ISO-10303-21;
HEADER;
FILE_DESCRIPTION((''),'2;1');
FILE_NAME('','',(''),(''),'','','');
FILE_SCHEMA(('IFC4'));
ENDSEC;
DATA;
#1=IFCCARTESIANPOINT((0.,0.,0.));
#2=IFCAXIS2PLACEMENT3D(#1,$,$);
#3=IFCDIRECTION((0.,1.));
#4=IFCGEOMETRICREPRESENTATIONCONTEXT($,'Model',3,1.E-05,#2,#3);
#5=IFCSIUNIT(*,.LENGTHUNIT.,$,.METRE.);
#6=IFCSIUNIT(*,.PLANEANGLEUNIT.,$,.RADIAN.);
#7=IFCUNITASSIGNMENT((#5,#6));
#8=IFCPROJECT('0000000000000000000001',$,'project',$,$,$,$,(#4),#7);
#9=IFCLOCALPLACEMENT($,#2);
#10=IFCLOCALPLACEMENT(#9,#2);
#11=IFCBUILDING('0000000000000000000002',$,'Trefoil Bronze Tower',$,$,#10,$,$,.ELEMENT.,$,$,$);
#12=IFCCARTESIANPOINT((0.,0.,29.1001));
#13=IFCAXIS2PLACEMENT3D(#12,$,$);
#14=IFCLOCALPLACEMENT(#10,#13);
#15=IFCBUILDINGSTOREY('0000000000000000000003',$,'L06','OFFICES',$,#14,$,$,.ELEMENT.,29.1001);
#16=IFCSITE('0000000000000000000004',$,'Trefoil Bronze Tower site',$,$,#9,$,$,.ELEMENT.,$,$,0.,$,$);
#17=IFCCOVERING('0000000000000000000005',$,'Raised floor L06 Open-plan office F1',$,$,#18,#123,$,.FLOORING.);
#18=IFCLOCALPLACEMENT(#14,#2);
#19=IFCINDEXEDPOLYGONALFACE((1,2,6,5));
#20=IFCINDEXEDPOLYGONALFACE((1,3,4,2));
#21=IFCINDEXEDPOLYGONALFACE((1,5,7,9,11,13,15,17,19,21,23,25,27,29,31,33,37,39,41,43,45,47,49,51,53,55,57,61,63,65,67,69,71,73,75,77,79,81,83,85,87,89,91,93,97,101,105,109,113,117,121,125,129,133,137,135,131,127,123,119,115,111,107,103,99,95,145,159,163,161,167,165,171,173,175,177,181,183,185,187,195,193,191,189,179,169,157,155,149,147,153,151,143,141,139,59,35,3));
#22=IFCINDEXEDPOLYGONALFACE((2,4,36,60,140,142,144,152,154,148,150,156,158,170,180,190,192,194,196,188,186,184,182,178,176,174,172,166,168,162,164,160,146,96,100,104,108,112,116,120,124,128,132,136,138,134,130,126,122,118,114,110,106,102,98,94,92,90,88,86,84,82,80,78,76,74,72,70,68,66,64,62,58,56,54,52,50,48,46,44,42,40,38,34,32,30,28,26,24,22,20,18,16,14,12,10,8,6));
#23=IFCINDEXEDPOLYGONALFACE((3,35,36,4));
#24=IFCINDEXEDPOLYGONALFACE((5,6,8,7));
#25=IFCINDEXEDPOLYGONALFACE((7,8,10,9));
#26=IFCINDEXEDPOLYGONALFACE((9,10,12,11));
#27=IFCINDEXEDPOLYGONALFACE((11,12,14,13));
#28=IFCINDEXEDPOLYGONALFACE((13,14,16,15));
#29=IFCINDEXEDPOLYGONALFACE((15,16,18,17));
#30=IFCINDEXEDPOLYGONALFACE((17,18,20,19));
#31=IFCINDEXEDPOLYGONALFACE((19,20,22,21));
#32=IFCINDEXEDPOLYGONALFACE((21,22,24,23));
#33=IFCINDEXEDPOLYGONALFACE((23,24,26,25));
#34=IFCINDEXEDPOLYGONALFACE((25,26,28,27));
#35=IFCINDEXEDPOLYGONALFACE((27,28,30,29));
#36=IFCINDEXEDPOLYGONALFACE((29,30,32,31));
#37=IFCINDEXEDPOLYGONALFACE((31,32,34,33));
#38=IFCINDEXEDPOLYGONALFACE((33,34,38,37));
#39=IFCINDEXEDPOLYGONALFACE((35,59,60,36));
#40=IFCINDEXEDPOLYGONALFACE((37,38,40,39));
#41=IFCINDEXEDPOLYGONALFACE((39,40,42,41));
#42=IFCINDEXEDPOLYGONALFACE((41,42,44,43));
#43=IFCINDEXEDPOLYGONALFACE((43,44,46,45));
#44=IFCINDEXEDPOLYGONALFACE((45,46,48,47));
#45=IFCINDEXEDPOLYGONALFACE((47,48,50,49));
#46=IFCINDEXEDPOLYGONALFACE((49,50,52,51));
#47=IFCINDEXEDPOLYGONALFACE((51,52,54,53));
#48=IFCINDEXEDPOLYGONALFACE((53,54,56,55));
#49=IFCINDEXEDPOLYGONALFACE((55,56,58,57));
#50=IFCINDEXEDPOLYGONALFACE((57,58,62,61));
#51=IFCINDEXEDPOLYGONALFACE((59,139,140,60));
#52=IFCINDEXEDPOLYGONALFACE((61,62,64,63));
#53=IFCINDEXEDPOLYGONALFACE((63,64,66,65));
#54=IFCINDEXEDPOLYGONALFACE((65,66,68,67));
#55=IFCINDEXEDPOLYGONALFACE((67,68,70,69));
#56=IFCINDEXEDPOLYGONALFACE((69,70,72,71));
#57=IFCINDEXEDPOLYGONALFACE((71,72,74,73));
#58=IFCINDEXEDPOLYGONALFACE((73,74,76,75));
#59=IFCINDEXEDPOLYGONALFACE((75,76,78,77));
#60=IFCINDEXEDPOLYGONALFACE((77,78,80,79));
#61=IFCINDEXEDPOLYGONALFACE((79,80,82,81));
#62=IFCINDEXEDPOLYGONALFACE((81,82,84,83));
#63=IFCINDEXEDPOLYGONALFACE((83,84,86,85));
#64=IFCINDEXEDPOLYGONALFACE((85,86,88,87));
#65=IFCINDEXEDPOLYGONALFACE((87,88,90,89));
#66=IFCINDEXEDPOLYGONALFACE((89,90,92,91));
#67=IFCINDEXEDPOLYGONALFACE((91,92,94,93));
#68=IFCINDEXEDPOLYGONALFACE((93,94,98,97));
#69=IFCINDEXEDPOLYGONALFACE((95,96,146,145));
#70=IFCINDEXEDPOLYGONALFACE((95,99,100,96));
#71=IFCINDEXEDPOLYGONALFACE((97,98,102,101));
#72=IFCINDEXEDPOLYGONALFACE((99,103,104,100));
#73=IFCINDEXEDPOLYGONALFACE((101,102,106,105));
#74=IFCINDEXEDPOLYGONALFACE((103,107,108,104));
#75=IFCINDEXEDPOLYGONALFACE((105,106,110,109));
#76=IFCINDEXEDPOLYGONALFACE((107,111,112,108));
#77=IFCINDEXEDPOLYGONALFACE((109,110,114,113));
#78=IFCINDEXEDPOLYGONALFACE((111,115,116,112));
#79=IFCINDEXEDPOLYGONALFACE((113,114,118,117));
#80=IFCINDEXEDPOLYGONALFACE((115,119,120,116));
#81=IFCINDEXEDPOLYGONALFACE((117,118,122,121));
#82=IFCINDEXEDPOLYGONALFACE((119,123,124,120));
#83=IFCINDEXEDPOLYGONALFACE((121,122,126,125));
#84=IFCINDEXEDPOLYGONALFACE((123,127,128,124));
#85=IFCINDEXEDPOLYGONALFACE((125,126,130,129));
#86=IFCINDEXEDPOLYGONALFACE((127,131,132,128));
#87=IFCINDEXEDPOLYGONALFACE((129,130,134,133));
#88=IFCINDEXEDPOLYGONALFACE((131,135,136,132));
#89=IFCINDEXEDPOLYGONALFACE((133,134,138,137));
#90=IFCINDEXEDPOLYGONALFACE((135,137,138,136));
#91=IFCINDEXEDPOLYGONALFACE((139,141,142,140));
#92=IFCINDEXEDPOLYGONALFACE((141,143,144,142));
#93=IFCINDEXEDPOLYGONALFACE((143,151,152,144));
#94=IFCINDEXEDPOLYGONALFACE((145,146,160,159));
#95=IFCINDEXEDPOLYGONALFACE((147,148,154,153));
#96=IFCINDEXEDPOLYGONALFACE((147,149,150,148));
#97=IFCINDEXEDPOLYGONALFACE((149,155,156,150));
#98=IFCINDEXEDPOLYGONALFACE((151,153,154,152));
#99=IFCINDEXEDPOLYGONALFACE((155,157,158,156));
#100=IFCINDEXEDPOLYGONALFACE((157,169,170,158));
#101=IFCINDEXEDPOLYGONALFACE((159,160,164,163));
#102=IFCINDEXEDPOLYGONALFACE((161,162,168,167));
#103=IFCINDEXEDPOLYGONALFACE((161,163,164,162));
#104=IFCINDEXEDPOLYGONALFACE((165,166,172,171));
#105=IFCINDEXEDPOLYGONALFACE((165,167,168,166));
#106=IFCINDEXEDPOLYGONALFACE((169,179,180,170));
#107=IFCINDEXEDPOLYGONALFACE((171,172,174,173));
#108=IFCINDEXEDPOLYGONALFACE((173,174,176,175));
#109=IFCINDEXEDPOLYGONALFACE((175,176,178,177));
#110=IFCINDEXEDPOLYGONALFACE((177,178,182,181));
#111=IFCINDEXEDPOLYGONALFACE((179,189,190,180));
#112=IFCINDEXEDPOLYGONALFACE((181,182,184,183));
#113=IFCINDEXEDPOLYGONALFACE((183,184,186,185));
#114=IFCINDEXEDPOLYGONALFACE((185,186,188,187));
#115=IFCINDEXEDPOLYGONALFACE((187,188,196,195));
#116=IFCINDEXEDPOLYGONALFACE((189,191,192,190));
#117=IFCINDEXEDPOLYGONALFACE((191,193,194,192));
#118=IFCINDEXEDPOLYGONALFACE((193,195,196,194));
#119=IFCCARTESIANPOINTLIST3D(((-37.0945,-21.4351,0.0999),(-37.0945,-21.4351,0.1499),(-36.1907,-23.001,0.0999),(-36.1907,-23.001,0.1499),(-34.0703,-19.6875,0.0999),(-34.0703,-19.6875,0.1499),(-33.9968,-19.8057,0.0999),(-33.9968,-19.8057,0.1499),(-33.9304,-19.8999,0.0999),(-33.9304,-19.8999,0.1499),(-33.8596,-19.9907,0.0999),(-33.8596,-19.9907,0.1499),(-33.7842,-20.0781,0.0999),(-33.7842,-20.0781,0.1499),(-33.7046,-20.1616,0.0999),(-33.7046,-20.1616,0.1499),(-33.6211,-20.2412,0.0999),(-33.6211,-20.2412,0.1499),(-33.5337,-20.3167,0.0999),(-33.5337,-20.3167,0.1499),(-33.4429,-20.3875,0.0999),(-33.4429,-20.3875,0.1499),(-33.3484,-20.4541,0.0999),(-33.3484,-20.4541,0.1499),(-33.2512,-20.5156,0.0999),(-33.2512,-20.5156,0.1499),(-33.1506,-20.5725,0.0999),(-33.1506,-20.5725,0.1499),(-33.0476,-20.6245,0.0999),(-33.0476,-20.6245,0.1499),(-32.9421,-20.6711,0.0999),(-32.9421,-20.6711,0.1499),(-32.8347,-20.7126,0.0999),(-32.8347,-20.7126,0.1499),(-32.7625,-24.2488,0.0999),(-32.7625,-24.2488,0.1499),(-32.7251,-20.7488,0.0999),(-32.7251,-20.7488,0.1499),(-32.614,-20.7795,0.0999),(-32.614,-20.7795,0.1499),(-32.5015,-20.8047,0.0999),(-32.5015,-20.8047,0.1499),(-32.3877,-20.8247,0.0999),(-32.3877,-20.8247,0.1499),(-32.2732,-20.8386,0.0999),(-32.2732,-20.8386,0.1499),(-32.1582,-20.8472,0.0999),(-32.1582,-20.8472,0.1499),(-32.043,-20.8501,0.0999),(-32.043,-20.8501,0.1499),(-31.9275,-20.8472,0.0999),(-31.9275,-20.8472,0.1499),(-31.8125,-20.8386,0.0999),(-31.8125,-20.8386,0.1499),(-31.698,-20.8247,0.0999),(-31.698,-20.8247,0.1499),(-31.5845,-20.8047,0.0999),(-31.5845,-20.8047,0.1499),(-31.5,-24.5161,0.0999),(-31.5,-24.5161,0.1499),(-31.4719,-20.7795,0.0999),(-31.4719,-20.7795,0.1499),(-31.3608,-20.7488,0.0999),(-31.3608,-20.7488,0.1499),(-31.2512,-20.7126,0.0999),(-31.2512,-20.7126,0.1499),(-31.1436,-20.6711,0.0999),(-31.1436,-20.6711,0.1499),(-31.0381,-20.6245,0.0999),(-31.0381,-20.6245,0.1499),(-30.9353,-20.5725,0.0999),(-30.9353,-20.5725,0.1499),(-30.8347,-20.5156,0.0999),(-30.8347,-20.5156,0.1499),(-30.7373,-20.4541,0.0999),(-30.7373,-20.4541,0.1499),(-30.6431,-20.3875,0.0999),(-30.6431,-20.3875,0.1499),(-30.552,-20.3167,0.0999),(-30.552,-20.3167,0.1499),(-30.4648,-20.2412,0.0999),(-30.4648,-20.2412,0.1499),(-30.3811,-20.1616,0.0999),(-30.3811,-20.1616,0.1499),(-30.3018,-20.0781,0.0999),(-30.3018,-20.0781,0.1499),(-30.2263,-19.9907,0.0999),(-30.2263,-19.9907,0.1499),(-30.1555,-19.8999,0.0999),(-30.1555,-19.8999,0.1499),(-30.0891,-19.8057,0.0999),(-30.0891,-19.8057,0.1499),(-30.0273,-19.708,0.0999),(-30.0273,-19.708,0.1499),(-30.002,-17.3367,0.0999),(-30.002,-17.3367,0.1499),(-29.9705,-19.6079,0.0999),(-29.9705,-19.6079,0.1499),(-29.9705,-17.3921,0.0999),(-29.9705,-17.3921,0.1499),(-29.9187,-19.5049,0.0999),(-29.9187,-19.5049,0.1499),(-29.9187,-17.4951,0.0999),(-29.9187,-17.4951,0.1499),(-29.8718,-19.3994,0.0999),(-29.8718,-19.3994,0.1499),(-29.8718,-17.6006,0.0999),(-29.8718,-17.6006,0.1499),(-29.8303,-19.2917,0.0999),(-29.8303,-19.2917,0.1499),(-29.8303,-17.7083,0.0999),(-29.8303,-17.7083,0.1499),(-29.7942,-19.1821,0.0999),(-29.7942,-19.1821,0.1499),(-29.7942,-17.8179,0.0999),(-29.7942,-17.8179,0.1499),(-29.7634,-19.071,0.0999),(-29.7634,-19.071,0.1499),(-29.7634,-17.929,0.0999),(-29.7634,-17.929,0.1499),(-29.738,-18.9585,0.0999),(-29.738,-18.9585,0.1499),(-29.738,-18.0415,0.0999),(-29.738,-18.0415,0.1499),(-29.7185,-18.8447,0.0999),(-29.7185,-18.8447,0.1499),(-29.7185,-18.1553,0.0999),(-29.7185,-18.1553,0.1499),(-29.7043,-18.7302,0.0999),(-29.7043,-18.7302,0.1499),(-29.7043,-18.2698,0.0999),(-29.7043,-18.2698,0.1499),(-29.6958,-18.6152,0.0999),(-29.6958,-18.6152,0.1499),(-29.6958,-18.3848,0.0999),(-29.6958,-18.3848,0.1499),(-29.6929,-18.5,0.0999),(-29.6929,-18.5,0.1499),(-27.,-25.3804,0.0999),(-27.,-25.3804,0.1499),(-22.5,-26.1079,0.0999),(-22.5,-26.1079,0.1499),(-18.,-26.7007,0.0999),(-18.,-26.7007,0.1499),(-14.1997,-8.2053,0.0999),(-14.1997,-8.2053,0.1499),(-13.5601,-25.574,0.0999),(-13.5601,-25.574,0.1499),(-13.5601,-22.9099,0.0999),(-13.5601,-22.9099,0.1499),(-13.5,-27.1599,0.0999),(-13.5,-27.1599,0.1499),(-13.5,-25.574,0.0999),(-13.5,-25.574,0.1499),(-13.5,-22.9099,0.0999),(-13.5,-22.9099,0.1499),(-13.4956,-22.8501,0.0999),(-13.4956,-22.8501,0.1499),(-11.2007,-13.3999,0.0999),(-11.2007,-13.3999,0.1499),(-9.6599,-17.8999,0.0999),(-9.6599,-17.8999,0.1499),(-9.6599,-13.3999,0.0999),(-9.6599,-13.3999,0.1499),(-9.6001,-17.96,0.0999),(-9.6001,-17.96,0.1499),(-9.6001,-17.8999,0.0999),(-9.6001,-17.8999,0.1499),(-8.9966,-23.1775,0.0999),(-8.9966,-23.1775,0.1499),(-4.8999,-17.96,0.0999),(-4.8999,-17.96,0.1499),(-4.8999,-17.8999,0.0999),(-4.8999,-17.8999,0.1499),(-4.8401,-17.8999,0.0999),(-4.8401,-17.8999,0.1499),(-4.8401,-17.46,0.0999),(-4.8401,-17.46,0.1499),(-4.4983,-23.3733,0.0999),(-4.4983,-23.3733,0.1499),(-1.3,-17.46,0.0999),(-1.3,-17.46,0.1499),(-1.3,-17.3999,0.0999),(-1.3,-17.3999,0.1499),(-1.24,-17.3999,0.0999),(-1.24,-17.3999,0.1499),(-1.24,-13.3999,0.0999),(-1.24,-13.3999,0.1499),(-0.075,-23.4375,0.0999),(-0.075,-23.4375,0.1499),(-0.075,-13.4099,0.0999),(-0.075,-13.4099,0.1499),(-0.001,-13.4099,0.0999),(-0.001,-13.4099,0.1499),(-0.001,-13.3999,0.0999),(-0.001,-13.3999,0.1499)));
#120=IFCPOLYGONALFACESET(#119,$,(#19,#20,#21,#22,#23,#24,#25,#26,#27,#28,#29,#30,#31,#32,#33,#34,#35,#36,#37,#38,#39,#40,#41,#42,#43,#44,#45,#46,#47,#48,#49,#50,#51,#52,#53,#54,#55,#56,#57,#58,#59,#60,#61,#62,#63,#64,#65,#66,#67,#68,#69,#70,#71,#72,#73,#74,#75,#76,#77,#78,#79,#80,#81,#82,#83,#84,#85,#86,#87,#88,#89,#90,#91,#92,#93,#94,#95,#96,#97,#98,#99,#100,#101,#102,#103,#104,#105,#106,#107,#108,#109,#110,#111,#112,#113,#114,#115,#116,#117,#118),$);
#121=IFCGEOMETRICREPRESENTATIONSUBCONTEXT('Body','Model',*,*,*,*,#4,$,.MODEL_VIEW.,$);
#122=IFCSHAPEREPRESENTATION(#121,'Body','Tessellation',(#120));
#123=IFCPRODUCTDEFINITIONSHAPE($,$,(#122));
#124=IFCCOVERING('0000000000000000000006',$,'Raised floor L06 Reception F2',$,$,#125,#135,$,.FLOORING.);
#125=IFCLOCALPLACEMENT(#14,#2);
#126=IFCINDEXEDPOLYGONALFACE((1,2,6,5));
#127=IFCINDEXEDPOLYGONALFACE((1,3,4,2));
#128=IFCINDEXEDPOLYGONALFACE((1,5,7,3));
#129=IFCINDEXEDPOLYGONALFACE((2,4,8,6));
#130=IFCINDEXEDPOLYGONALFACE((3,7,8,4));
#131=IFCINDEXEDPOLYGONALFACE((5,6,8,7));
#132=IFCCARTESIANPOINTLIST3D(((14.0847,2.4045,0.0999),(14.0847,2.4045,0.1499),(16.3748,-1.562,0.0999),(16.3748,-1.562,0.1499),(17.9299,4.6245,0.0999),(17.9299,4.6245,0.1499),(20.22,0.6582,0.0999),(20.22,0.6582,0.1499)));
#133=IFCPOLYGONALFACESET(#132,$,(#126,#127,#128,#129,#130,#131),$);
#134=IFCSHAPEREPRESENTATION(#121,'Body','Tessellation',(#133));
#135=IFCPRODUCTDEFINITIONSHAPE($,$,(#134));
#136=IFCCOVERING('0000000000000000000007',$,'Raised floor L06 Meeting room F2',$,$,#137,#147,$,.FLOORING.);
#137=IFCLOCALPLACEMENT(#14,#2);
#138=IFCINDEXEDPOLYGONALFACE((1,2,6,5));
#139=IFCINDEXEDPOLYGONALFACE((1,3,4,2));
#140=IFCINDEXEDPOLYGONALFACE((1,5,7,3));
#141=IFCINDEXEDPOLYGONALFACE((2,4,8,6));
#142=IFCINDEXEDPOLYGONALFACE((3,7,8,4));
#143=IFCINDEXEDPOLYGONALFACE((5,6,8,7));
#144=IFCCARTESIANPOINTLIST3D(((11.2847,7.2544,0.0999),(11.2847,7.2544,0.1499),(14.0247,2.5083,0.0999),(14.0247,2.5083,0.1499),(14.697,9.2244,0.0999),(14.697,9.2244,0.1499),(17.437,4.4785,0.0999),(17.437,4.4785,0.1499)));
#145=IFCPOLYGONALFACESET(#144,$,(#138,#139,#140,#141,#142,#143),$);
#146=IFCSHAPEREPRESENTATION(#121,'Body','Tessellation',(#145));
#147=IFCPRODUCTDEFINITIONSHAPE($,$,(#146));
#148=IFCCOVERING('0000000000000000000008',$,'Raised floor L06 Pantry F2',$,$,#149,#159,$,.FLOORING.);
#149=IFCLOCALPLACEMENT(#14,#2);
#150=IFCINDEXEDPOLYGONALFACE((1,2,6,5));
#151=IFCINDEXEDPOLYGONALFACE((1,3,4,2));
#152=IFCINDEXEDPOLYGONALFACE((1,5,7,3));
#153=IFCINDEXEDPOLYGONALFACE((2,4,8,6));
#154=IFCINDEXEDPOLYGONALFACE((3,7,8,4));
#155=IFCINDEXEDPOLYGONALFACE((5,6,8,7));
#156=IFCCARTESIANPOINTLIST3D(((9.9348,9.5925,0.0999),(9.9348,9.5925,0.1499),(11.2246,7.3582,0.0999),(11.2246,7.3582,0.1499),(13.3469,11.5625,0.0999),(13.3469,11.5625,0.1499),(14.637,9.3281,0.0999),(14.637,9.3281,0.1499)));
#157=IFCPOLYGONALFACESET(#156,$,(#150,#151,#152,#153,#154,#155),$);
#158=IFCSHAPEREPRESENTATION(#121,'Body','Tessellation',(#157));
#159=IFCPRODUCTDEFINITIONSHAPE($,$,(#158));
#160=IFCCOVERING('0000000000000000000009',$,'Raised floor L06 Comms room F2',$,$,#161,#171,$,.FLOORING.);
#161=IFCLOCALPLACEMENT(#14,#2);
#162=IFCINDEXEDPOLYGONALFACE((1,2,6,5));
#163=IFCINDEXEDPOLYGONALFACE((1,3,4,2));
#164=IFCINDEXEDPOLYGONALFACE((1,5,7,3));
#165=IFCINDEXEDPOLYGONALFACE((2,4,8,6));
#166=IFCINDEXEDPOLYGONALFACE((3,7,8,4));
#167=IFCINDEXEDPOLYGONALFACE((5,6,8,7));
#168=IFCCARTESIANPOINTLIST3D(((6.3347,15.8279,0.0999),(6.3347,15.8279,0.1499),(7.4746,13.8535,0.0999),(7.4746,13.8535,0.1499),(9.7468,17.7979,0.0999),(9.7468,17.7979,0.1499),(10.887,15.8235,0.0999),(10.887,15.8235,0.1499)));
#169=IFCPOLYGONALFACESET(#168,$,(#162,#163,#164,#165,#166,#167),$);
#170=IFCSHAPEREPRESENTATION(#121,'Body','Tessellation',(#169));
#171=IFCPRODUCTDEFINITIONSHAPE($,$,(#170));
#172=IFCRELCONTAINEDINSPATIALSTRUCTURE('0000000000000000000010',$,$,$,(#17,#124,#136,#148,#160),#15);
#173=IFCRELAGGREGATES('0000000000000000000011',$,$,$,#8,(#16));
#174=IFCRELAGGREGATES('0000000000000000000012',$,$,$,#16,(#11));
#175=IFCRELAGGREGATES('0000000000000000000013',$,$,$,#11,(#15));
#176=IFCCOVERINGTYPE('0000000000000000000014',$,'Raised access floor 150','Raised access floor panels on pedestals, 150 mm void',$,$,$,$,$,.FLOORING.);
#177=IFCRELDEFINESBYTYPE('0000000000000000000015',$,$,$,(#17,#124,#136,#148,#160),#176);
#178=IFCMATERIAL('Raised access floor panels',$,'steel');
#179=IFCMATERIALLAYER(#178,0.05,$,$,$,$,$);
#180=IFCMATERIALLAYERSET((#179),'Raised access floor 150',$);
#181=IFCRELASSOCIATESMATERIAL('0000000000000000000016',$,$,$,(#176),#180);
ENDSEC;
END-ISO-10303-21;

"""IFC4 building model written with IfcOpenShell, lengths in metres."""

from ifc_helpers import new_model, si_unit, direction, frame, origin, place, context, subcontext, project, spatial, polyline, outline, extrude, material, layer, layer_set, type_object, element, save


model = new_model("IFC4")

# Units and contexts
model_context = context("Model", 3, precision=1e-05, world=origin(), true_north=direction((0.0, 1.0)))
body_context = subcontext(model_context, "Body", "Model", "MODEL_VIEW")
ifc_project = project(units=[si_unit("LENGTHUNIT", "METRE"), si_unit("PLANEANGLEUNIT", "RADIAN")], contexts=[model_context])

# Site, building, storey
site_placement = place(None, origin())
site = spatial("IfcSite", under=ifc_project, at=site_placement, Name="Trefoil Bronze Tower site", CompositionType="ELEMENT", RefElevation=0.0)
building_placement = place(site_placement, origin())
building = spatial("IfcBuilding", under=site, at=building_placement, Name="Trefoil Bronze Tower", CompositionType="ELEMENT")
storey_placement = place(building_placement, frame((0.0, 0.0, 29.1001)))
storey = spatial("IfcBuildingStorey", under=building, at=storey_placement, Name="L06", Description="OFFICES", CompositionType="ELEMENT", Elevation=29.1001)

# Coverings
ifc_material_1 = material(Name="Raised access floor panels", Category="steel")
ifc_layer_1 = layer(ifc_material_1, 0.05)
ifc_layer_set_1 = layer_set([ifc_layer_1], Name="Raised access floor 150")
covering_type_1 = type_object("IfcCoveringType", Name="Raised access floor 150", Description="Raised access floor panels on pedestals, 150 mm void", PredefinedType="FLOORING", material=ifc_layer_set_1)
covering_1_placement = place(storey_placement, frame((0.0, 0.0, 0.0999)))
element("IfcCovering", 1, at=covering_1_placement, inside=storey, type_object=covering_type_1, Name="Raised floor L06 Open-plan office F1", PredefinedType="FLOORING", context=body_context, shape_type="SweptSolid", body=[
    extrude(outline(polyline([(-30.002, -17.3367), (-14.1997, -8.2053), (-11.2007, -13.3999), (-9.6599, -13.3999), (-9.6599, -17.8999), (-9.6001, -17.8999), (-9.6001, -17.96), (-4.8999, -17.96), (-4.8999, -17.8999), (-4.8401, -17.8999), (-4.8401, -17.46), (-1.3, -17.46), (-1.3, -17.3999), (-1.24, -17.3999), (-1.24, -13.3999), (-0.001, -13.3999), (-0.001, -13.4099), (-0.075, -13.4099), (-0.075, -23.4375), (-4.4983, -23.3733), (-8.9966, -23.1775), (-13.4956, -22.8501), (-13.5, -22.9099), (-13.5601, -22.9099), (-13.5601, -25.574), (-13.5, -25.574), (-13.5, -27.1599), (-18.0, -26.7007), (-22.5, -26.1079), (-27.0, -25.3804), (-31.5, -24.5161), (-32.7625, -24.2488), (-36.1907, -23.001), (-37.0945, -21.4351), (-34.0703, -19.6875), (-33.9968, -19.8057), (-33.9304, -19.8999), (-33.8596, -19.9907), (-33.7842, -20.0781), (-33.7046, -20.1616), (-33.6211, -20.2412), (-33.5337, -20.3167), (-33.4429, -20.3875), (-33.3484, -20.4541), (-33.2512, -20.5156), (-33.1506, -20.5725), (-33.0476, -20.6245), (-32.9421, -20.6711), (-32.8347, -20.7126), (-32.7251, -20.7488), (-32.614, -20.7795), (-32.5015, -20.8047), (-32.3877, -20.8247), (-32.2732, -20.8386), (-32.1582, -20.8472), (-32.043, -20.8501), (-31.9275, -20.8472), (-31.8125, -20.8386), (-31.698, -20.8247), (-31.5845, -20.8047), (-31.4719, -20.7795), (-31.3608, -20.7488), (-31.2512, -20.7126), (-31.1436, -20.6711), (-31.0381, -20.6245), (-30.9353, -20.5725), (-30.8347, -20.5156), (-30.7373, -20.4541), (-30.6431, -20.3875), (-30.552, -20.3167), (-30.4648, -20.2412), (-30.3811, -20.1616), (-30.3018, -20.0781), (-30.2263, -19.9907), (-30.1555, -19.8999), (-30.0891, -19.8057), (-30.0273, -19.708), (-29.9705, -19.6079), (-29.9187, -19.5049), (-29.8718, -19.3994), (-29.8303, -19.2917), (-29.7942, -19.1821), (-29.7634, -19.071), (-29.738, -18.9585), (-29.7185, -18.8447), (-29.7043, -18.7302), (-29.6958, -18.6152), (-29.6929, -18.5), (-29.6958, -18.3848), (-29.7043, -18.2698), (-29.7185, -18.1553), (-29.738, -18.0415), (-29.7634, -17.929), (-29.7942, -17.8179), (-29.8303, -17.7083), (-29.8718, -17.6006), (-29.9187, -17.4951), (-29.9705, -17.3921), (-30.002, -17.3367)])), origin(), (0.0, 0.0, 1.0), 0.05),
])
covering_2_placement = place(storey_placement, frame((0.0, 0.0, 0.0999)))
element("IfcCovering", 2, at=covering_2_placement, inside=storey, type_object=covering_type_1, Name="Raised floor L06 Reception F2", PredefinedType="FLOORING", context=body_context, shape_type="SweptSolid", body=[
    extrude(outline(polyline([(14.0847, 2.4045), (17.9299, 4.6245), (20.22, 0.6582), (16.3748, -1.562), (14.0847, 2.4045)])), origin(), (0.0, 0.0, 1.0), 0.05),
])
covering_3_placement = place(storey_placement, frame((0.0, 0.0, 0.0999)))
element("IfcCovering", 3, at=covering_3_placement, inside=storey, type_object=covering_type_1, Name="Raised floor L06 Meeting room F2", PredefinedType="FLOORING", context=body_context, shape_type="SweptSolid", body=[
    extrude(outline(polyline([(11.2847, 7.2544), (14.697, 9.2244), (17.437, 4.4785), (14.0247, 2.5083), (11.2847, 7.2544)])), origin(), (0.0, 0.0, 1.0), 0.05),
])
covering_4_placement = place(storey_placement, frame((0.0, 0.0, 0.0999)))
element("IfcCovering", 4, at=covering_4_placement, inside=storey, type_object=covering_type_1, Name="Raised floor L06 Pantry F2", PredefinedType="FLOORING", context=body_context, shape_type="SweptSolid", body=[
    extrude(outline(polyline([(9.9348, 9.5925), (13.3469, 11.5625), (14.637, 9.3281), (11.2246, 7.3582), (9.9348, 9.5925)])), origin(), (0.0, 0.0, 1.0), 0.05),
])
covering_5_placement = place(storey_placement, frame((0.0, 0.0, 0.0999)))
element("IfcCovering", 5, at=covering_5_placement, inside=storey, type_object=covering_type_1, Name="Raised floor L06 Comms room F2", PredefinedType="FLOORING", context=body_context, shape_type="SweptSolid", body=[
    extrude(outline(polyline([(6.3347, 15.8279), (9.7468, 17.7979), (10.887, 15.8235), (7.4746, 13.8535), (6.3347, 15.8279)])), origin(), (0.0, 0.0, 1.0), 0.05),
])

save(model, "model.ifc")
